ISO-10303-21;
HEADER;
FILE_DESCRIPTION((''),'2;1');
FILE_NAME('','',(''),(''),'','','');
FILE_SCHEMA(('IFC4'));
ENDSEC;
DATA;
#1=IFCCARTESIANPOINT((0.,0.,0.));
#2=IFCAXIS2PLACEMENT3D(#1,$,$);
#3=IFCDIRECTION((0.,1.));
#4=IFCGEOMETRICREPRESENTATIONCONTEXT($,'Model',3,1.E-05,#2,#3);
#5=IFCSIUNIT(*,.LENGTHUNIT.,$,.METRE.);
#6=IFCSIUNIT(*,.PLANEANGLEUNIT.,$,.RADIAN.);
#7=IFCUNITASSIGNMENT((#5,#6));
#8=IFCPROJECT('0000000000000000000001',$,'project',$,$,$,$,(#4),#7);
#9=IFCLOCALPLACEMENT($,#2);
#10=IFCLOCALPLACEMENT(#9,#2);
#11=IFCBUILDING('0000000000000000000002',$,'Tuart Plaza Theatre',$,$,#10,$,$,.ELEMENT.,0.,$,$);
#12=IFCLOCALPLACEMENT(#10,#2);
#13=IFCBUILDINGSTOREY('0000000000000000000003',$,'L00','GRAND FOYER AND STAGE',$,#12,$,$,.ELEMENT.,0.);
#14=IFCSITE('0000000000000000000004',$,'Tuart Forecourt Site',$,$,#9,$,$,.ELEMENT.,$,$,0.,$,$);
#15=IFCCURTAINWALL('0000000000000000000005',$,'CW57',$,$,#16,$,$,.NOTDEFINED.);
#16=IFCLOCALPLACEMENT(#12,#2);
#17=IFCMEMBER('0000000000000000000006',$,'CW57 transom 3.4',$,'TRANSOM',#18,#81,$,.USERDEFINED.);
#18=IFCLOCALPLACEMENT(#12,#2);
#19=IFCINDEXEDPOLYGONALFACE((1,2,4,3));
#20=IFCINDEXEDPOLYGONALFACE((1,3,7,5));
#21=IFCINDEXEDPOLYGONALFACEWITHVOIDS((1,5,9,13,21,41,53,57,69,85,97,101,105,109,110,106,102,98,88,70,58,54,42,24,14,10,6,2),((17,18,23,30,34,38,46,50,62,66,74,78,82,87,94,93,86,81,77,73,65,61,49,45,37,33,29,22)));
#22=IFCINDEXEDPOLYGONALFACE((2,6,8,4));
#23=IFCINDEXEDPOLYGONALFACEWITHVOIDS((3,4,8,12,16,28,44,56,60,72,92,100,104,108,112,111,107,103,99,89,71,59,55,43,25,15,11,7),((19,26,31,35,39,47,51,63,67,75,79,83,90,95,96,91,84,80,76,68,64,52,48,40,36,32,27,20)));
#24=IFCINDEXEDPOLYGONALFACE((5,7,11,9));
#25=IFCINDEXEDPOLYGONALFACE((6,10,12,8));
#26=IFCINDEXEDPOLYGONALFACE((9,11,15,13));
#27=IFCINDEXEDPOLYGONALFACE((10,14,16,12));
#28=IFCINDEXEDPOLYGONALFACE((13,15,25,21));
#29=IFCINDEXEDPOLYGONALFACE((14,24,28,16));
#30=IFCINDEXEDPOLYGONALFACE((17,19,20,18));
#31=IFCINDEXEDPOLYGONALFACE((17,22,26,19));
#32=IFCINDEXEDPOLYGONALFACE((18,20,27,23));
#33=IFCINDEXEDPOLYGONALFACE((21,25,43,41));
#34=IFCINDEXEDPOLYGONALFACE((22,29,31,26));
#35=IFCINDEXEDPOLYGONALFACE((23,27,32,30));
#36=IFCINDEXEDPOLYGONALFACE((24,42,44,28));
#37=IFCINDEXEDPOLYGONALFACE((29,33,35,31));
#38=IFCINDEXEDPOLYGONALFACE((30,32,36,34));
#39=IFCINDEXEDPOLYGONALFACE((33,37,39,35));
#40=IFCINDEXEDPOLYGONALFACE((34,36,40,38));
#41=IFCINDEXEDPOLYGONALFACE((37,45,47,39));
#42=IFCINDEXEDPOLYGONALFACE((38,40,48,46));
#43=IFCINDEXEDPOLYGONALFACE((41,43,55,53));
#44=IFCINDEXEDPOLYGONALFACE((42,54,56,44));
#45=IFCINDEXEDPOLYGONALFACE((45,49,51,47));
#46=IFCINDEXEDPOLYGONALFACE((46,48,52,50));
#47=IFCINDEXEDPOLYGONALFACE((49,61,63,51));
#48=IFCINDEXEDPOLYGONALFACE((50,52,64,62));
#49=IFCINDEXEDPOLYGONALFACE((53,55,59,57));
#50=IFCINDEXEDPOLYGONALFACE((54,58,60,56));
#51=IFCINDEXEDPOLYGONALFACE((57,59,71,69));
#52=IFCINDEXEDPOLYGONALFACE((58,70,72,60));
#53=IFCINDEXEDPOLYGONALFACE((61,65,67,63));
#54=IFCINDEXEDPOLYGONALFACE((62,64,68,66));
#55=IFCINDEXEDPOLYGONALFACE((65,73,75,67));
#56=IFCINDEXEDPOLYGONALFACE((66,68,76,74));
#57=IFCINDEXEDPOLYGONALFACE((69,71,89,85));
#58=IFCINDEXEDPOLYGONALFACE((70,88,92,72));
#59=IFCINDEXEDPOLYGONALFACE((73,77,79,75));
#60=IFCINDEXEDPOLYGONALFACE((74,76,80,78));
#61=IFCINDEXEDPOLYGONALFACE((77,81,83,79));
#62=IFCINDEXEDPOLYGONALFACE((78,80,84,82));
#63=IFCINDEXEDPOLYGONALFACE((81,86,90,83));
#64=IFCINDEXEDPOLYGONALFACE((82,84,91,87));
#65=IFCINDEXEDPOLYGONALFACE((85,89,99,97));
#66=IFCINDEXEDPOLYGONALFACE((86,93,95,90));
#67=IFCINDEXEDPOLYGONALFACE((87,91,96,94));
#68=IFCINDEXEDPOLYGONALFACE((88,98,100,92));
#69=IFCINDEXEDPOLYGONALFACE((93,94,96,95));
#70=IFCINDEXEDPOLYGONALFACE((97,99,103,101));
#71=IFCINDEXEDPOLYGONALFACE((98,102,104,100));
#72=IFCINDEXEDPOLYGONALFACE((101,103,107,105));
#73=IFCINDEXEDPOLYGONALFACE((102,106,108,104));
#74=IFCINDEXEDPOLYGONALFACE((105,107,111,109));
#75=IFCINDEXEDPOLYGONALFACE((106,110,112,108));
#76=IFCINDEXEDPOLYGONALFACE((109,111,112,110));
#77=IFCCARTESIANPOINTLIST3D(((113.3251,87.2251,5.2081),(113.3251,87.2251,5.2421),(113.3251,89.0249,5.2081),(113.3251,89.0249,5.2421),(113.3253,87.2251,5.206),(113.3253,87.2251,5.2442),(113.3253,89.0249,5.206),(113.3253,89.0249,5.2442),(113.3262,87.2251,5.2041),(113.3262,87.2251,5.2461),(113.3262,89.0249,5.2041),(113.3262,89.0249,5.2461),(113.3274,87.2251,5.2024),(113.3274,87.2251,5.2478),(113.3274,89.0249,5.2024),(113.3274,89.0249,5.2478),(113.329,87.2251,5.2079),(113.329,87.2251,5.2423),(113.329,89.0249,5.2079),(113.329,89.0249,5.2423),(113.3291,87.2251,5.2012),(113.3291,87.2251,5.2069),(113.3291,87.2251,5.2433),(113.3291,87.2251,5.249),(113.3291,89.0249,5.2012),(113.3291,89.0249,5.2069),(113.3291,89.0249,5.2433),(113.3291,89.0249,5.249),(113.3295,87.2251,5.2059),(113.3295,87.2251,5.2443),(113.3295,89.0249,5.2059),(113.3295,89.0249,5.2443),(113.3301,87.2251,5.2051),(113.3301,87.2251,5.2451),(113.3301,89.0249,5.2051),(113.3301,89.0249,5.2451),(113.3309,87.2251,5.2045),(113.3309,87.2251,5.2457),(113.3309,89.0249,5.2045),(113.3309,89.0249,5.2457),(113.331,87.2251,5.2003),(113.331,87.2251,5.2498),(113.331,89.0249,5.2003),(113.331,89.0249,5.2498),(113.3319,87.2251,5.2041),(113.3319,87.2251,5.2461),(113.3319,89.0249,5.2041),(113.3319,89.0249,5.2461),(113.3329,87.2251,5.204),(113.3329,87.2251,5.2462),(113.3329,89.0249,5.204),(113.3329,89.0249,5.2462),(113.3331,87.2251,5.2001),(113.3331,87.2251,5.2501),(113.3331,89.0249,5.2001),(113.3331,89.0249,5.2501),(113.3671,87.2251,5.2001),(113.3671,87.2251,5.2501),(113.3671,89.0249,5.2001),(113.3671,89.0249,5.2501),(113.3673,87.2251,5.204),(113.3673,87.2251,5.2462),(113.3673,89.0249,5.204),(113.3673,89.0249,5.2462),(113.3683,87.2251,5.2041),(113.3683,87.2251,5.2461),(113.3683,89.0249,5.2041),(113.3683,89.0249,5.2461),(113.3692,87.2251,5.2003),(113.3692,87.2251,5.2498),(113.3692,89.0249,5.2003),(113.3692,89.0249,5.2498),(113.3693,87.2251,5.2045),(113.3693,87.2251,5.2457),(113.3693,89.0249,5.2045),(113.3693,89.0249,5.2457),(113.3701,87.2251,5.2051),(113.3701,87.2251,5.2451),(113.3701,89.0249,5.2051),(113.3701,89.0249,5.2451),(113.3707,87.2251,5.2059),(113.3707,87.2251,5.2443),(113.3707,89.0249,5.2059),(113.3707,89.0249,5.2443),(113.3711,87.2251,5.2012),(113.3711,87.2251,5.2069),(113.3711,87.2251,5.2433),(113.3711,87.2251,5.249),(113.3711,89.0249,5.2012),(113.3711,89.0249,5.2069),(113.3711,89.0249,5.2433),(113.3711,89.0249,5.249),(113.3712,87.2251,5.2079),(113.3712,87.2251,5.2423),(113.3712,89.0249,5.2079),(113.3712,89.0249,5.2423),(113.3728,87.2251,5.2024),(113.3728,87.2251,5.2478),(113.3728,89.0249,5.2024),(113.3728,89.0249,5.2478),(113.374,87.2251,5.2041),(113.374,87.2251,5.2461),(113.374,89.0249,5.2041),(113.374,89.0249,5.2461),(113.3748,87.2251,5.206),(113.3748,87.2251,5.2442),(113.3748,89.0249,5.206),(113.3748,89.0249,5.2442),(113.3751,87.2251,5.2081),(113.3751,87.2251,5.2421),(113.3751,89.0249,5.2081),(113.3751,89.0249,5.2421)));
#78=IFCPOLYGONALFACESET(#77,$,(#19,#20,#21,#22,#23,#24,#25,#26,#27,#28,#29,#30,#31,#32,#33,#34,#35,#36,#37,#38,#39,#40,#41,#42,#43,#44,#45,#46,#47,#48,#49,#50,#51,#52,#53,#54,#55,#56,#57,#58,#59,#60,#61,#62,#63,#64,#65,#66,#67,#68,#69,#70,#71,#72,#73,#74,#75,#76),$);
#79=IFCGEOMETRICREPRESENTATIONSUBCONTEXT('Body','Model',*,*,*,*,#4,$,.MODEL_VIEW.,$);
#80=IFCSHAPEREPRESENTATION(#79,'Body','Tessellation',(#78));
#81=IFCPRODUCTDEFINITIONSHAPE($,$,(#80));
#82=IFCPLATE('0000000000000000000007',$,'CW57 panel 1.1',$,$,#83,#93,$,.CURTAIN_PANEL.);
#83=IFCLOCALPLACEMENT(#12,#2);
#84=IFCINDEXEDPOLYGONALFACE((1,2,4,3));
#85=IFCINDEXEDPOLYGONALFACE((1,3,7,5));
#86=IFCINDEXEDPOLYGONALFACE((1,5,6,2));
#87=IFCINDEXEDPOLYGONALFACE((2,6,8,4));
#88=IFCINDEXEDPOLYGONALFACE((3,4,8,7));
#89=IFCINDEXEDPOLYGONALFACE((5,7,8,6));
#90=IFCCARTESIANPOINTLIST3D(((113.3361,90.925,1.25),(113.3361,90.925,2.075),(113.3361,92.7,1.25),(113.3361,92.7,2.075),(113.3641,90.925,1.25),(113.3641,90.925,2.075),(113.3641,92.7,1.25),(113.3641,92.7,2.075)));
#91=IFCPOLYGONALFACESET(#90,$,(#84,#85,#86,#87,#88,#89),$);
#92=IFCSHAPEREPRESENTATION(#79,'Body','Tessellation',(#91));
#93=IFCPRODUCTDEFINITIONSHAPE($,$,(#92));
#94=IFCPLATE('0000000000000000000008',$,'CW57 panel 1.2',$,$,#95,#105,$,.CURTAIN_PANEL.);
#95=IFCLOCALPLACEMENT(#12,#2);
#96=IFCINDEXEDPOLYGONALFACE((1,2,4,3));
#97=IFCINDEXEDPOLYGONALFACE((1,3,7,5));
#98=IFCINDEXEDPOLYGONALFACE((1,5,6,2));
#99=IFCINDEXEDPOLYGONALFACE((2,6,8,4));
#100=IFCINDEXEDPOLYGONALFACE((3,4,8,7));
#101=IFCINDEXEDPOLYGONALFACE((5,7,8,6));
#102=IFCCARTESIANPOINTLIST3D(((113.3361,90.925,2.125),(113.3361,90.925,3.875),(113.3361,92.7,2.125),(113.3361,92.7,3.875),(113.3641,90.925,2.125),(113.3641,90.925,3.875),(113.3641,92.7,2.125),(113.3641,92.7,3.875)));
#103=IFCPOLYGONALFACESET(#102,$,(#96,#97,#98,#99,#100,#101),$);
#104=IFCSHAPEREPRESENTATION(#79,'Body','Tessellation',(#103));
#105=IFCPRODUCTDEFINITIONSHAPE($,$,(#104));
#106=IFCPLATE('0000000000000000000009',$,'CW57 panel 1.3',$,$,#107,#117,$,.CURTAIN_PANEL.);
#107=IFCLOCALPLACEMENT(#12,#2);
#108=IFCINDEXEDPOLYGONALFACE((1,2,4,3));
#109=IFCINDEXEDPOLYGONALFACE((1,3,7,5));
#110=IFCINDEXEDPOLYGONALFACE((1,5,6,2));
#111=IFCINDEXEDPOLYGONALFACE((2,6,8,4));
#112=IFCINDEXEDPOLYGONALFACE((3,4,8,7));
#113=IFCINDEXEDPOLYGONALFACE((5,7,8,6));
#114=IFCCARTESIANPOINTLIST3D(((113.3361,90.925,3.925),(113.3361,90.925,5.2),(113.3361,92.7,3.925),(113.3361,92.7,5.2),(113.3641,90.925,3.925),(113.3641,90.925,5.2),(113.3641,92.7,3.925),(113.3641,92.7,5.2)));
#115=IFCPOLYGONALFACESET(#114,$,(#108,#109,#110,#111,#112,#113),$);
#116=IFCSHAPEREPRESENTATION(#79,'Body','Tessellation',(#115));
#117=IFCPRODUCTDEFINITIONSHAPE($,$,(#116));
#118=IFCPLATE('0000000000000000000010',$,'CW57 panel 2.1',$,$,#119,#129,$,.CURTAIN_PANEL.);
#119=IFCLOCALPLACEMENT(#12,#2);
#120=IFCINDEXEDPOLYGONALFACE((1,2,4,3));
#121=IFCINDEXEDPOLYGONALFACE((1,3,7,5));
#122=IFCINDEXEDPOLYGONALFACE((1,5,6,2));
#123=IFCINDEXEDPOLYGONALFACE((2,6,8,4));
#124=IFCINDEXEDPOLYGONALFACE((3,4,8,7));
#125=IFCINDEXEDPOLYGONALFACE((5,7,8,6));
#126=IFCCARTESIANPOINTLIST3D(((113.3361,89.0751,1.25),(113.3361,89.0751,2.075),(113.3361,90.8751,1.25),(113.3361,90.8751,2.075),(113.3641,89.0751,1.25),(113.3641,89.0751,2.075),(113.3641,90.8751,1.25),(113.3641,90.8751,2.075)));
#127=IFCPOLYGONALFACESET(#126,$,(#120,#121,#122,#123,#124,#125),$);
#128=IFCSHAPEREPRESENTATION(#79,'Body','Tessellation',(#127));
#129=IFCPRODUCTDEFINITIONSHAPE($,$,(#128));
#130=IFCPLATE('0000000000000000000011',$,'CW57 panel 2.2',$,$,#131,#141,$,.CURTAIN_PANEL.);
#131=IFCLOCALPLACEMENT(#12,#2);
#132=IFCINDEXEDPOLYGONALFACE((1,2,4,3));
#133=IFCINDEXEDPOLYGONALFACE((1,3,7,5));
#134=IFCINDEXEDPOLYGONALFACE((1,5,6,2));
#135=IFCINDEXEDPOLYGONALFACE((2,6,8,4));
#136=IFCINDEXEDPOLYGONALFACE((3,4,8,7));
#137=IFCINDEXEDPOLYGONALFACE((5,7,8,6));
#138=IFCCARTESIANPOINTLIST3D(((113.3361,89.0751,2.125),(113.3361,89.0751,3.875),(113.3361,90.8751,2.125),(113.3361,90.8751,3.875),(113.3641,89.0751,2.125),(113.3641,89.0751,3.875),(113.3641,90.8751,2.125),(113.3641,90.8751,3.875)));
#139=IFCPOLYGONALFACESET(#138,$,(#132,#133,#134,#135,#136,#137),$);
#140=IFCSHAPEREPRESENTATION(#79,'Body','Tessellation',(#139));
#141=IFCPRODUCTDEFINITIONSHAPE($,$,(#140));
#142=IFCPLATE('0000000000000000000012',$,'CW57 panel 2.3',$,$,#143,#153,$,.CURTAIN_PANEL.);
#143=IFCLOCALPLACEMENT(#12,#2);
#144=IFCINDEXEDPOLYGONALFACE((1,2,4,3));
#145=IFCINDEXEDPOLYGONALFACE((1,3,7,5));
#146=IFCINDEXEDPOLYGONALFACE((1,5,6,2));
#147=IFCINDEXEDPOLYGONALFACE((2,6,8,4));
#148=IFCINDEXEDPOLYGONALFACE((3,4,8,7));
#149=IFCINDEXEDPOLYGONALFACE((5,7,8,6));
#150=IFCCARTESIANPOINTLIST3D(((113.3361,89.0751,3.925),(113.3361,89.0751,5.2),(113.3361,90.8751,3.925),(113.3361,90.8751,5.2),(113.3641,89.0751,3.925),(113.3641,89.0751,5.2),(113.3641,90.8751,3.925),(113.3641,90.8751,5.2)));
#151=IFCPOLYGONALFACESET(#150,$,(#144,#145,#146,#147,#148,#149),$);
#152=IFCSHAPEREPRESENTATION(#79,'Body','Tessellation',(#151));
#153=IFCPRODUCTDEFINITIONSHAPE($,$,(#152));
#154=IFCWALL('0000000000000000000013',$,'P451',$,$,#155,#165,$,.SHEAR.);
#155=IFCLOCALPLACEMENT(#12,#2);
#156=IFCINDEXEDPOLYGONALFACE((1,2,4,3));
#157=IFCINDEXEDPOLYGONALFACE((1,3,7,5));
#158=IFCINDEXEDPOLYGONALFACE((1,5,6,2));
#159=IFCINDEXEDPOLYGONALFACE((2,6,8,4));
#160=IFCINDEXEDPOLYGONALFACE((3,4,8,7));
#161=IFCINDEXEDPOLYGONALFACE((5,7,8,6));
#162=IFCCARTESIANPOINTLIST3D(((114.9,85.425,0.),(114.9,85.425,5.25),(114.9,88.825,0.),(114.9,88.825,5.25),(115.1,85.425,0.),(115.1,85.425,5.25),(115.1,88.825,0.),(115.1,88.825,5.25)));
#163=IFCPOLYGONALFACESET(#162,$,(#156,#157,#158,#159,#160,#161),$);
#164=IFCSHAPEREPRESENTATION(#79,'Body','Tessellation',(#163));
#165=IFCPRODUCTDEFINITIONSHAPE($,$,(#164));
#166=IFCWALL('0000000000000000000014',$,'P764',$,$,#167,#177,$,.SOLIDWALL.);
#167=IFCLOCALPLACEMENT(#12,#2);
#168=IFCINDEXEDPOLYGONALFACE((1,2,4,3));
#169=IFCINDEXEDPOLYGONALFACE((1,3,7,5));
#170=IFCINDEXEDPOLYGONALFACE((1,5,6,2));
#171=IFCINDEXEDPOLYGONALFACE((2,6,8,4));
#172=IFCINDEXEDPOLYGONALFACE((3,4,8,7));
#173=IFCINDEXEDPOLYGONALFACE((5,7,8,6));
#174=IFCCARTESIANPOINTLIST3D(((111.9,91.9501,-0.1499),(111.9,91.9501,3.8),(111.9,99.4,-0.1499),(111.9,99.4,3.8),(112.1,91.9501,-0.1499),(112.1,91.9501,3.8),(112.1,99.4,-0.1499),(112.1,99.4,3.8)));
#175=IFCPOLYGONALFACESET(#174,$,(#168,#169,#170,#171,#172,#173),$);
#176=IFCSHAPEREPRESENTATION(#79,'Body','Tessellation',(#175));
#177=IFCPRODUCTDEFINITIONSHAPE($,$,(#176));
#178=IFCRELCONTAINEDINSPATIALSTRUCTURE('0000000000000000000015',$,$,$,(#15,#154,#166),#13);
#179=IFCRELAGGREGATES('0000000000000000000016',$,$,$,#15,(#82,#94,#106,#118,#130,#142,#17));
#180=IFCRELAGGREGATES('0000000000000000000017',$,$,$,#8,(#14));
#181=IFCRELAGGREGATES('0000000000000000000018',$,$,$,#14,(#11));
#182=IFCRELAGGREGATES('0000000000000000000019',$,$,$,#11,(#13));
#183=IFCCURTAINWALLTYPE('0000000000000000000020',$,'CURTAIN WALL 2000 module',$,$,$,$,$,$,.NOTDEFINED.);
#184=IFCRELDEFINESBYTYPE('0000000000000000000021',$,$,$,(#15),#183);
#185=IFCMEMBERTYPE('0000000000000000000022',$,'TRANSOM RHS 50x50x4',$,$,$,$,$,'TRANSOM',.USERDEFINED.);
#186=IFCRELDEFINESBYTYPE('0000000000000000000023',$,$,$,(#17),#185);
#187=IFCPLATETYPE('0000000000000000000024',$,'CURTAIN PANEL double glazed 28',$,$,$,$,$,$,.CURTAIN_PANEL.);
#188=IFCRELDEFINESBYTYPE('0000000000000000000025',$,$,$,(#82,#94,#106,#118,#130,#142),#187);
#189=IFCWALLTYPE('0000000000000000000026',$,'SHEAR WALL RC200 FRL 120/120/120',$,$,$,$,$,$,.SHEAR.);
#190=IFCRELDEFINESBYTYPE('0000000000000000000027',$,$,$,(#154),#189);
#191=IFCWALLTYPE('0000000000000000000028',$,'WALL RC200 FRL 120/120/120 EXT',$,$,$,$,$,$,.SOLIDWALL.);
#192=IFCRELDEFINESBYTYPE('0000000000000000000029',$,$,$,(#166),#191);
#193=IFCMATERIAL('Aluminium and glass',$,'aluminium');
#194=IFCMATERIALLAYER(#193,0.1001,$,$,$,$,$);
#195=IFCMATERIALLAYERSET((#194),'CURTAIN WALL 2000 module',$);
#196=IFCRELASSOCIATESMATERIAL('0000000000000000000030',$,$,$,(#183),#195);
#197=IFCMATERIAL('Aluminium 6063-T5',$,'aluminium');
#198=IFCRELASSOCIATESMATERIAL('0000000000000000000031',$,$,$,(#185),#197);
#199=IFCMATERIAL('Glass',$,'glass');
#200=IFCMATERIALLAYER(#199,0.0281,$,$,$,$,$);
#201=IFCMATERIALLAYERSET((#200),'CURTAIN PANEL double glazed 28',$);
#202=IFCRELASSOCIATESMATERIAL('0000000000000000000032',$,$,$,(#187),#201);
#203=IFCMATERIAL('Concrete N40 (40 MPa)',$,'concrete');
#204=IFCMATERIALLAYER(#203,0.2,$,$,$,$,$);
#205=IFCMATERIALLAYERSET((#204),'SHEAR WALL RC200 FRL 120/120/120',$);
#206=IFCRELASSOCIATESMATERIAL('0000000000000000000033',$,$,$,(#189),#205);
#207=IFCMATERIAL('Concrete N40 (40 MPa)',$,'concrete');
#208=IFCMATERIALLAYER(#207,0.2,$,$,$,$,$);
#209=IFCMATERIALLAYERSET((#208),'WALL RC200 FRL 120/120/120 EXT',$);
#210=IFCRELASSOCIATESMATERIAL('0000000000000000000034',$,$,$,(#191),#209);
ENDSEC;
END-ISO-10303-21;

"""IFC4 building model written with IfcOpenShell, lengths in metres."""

from ifc_helpers import new_model, si_unit, direction, frame, frame_2d, origin, origin_2d, place, context, subcontext, project, spatial, rectangle, hollow_rectangle, extrude, material, layer, layer_set, material_profile, profile_set, type_object, element, aggregate, save


model = new_model("IFC4")

# Units and contexts
model_context = context("Model", 3, precision=1e-05, world=origin(), true_north=direction((0.0, 1.0)))
body_context = subcontext(model_context, "Body", "Model", "MODEL_VIEW")
ifc_project = project(units=[si_unit("LENGTHUNIT", "METRE"), si_unit("PLANEANGLEUNIT", "RADIAN")], contexts=[model_context])

# Site, building, storey
site_placement = place(None, origin())
site = spatial("IfcSite", under=ifc_project, at=site_placement, Name="Tuart Forecourt Site", CompositionType="ELEMENT", RefElevation=0.0)
building_placement = place(site_placement, origin())
building = spatial("IfcBuilding", under=site, at=building_placement, Name="Tuart Plaza Theatre", CompositionType="ELEMENT", ElevationOfRefHeight=0.0)
storey_placement = place(building_placement, origin())
storey = spatial("IfcBuildingStorey", under=building, at=storey_placement, Name="L00", Description="GRAND FOYER AND STAGE", CompositionType="ELEMENT", Elevation=0.0)

# Curtain wall, member, plates
ifc_material_1 = material(Name="Aluminium and glass", Category="aluminium")
ifc_layer_1 = layer(ifc_material_1, 0.1001)
ifc_layer_set_1 = layer_set([ifc_layer_1], Name="CURTAIN WALL 2000 module")
curtain_wall_type_1 = type_object("IfcCurtainWallType", Name="CURTAIN WALL 2000 module", PredefinedType="NOTDEFINED", material=ifc_layer_set_1)
curtain_wall_1_placement = place(storey_placement, origin())
curtain_wall_1 = element("IfcCurtainWall", 1, at=curtain_wall_1_placement, inside=storey, type_object=curtain_wall_type_1, Name="CW57", PredefinedType="NOTDEFINED")
ifc_material_2 = material(Name="Aluminium 6063-T5", Category="aluminium")
ifc_material_profile_1 = material_profile(ifc_material_2, hollow_rectangle(XDim=0.05, YDim=0.05, WallThickness=0.0039, InnerFilletRadius=0.0039, OuterFilletRadius=0.0081, at=origin_2d()), Name="RHS 50x50x4")
ifc_profile_set_1 = profile_set([ifc_material_profile_1], Name="Aluminium 6063-T5")
member_type_1 = type_object("IfcMemberType", Name="TRANSOM RHS 50x50x4", ElementType="TRANSOM", PredefinedType="USERDEFINED", material=ifc_profile_set_1)
member_1_placement = place(storey_placement, frame((113.3501, 89.0249, 5.2251), z_axis=(0.0, -1.0, 0.0), x_axis=(1.0, 0.0, 0.0)))
member_1 = element("IfcMember", 2, at=member_1_placement, type_object=member_type_1, Name="CW57 transom 3.4", ObjectType="TRANSOM", PredefinedType="USERDEFINED", context=body_context, shape_type="SweptSolid", body=[
    extrude(hollow_rectangle(XDim=0.05, YDim=0.05, WallThickness=0.0039, InnerFilletRadius=0.0039, OuterFilletRadius=0.0081, at=origin_2d()), origin(), (0.0, 0.0, 1.0), 1.7998),
])
ifc_material_3 = material(Name="Glass", Category="glass")
ifc_layer_2 = layer(ifc_material_3, 0.0281)
ifc_layer_set_2 = layer_set([ifc_layer_2], Name="CURTAIN PANEL double glazed 28")
plate_type = type_object("IfcPlateType", Name="CURTAIN PANEL double glazed 28", PredefinedType="CURTAIN_PANEL", material=ifc_layer_set_2)
plate_1_placement = place(storey_placement, frame((113.3501, 91.8125, 1.25), z_axis=(0.0, 0.0, 1.0), x_axis=(0.0, -1.0, 0.0)))
plate_1 = element("IfcPlate", 3, at=plate_1_placement, type_object=plate_type, Name="CW57 panel 1.1", PredefinedType="CURTAIN_PANEL", context=body_context, shape_type="SweptSolid", body=[
    extrude(rectangle(XDim=1.7749, YDim=0.0281, at=origin_2d()), origin(), (0.0, 0.0, 1.0), 0.825),
])
plate_2_placement = place(storey_placement, frame((113.3501, 91.8125, 2.125), z_axis=(0.0, 0.0, 1.0), x_axis=(0.0, -1.0, 0.0)))
plate_2 = element("IfcPlate", 4, at=plate_2_placement, type_object=plate_type, Name="CW57 panel 1.2", PredefinedType="CURTAIN_PANEL", context=body_context, shape_type="SweptSolid", body=[
    extrude(rectangle(XDim=1.7749, YDim=0.0281, at=origin_2d()), origin(), (0.0, 0.0, 1.0), 1.75),
])
plate_3_placement = place(storey_placement, frame((113.3501, 91.8125, 3.925), z_axis=(0.0, 0.0, 1.0), x_axis=(0.0, -1.0, 0.0)))
plate_3 = element("IfcPlate", 5, at=plate_3_placement, type_object=plate_type, Name="CW57 panel 1.3", PredefinedType="CURTAIN_PANEL", context=body_context, shape_type="SweptSolid", body=[
    extrude(rectangle(XDim=1.7749, YDim=0.0281, at=origin_2d()), origin(), (0.0, 0.0, 1.0), 1.2749),
])
plate_4_placement = place(storey_placement, frame((113.3501, 89.9751, 1.25), z_axis=(0.0, 0.0, 1.0), x_axis=(0.0, -1.0, 0.0)))
plate_4 = element("IfcPlate", 6, at=plate_4_placement, type_object=plate_type, Name="CW57 panel 2.1", PredefinedType="CURTAIN_PANEL", context=body_context, shape_type="SweptSolid", body=[
    extrude(rectangle(XDim=1.8, YDim=0.0281, at=origin_2d()), origin(), (0.0, 0.0, 1.0), 0.825),
])
plate_5_placement = place(storey_placement, frame((113.3501, 89.9751, 2.125), z_axis=(0.0, 0.0, 1.0), x_axis=(0.0, -1.0, 0.0)))
plate_5 = element("IfcPlate", 7, at=plate_5_placement, type_object=plate_type, Name="CW57 panel 2.2", PredefinedType="CURTAIN_PANEL", context=body_context, shape_type="SweptSolid", body=[
    extrude(rectangle(XDim=1.8, YDim=0.0281, at=origin_2d()), origin(), (0.0, 0.0, 1.0), 1.75),
])
plate_6_placement = place(storey_placement, frame((113.3501, 89.9751, 3.925), z_axis=(0.0, 0.0, 1.0), x_axis=(0.0, -1.0, 0.0)))
plate_6 = element("IfcPlate", 8, at=plate_6_placement, type_object=plate_type, Name="CW57 panel 2.3", PredefinedType="CURTAIN_PANEL", context=body_context, shape_type="SweptSolid", body=[
    extrude(rectangle(XDim=1.8, YDim=0.0281, at=origin_2d()), origin(), (0.0, 0.0, 1.0), 1.2749),
])
aggregate(curtain_wall_1, [plate_1, plate_2, plate_3, plate_4, plate_5, plate_6, member_1])

# Walls
ifc_material_4 = material(Name="Concrete N40 (40 MPa)", Category="concrete")
ifc_layer_3 = layer(ifc_material_4, 0.2)
ifc_layer_set_3 = layer_set([ifc_layer_3], Name="SHEAR WALL RC200 FRL 120/120/120")
wall_type_1 = type_object("IfcWallType", Name="SHEAR WALL RC200 FRL 120/120/120", PredefinedType="SHEAR", material=ifc_layer_set_3)
wall_1_placement = place(storey_placement, frame((115.0, 88.825, 0.0), z_axis=(0.0, 0.0, 1.0), x_axis=(0.0, -1.0, 0.0)))
element("IfcWall", 9, at=wall_1_placement, inside=storey, type_object=wall_type_1, Name="P451", PredefinedType="SHEAR", context=body_context, shape_type="SweptSolid", body=[
    extrude(rectangle(XDim=3.3999, YDim=0.2, at=frame_2d((1.7, 0.0))), origin(), (0.0, 0.0, 1.0), 5.25),
])
ifc_material_5 = material(Name="Concrete N40 (40 MPa)", Category="concrete")
ifc_layer_4 = layer(ifc_material_5, 0.2)
ifc_layer_set_4 = layer_set([ifc_layer_4], Name="WALL RC200 FRL 120/120/120 EXT")
wall_type_2 = type_object("IfcWallType", Name="WALL RC200 FRL 120/120/120 EXT", PredefinedType="SOLIDWALL", material=ifc_layer_set_4)
wall_2_placement = place(storey_placement, frame((112.0, 91.95, -0.1499), z_axis=(0.0, 0.0, 1.0), x_axis=(0.0, 1.0, 0.0)))
element("IfcWall", 10, at=wall_2_placement, inside=storey, type_object=wall_type_2, Name="P764", PredefinedType="SOLIDWALL", context=body_context, shape_type="SweptSolid", body=[
    extrude(rectangle(XDim=7.45, YDim=0.2, at=frame_2d((3.7251, 0.0))), origin(), (0.0, 0.0, 1.0), 3.95),
])

save(model, "model.ifc")
